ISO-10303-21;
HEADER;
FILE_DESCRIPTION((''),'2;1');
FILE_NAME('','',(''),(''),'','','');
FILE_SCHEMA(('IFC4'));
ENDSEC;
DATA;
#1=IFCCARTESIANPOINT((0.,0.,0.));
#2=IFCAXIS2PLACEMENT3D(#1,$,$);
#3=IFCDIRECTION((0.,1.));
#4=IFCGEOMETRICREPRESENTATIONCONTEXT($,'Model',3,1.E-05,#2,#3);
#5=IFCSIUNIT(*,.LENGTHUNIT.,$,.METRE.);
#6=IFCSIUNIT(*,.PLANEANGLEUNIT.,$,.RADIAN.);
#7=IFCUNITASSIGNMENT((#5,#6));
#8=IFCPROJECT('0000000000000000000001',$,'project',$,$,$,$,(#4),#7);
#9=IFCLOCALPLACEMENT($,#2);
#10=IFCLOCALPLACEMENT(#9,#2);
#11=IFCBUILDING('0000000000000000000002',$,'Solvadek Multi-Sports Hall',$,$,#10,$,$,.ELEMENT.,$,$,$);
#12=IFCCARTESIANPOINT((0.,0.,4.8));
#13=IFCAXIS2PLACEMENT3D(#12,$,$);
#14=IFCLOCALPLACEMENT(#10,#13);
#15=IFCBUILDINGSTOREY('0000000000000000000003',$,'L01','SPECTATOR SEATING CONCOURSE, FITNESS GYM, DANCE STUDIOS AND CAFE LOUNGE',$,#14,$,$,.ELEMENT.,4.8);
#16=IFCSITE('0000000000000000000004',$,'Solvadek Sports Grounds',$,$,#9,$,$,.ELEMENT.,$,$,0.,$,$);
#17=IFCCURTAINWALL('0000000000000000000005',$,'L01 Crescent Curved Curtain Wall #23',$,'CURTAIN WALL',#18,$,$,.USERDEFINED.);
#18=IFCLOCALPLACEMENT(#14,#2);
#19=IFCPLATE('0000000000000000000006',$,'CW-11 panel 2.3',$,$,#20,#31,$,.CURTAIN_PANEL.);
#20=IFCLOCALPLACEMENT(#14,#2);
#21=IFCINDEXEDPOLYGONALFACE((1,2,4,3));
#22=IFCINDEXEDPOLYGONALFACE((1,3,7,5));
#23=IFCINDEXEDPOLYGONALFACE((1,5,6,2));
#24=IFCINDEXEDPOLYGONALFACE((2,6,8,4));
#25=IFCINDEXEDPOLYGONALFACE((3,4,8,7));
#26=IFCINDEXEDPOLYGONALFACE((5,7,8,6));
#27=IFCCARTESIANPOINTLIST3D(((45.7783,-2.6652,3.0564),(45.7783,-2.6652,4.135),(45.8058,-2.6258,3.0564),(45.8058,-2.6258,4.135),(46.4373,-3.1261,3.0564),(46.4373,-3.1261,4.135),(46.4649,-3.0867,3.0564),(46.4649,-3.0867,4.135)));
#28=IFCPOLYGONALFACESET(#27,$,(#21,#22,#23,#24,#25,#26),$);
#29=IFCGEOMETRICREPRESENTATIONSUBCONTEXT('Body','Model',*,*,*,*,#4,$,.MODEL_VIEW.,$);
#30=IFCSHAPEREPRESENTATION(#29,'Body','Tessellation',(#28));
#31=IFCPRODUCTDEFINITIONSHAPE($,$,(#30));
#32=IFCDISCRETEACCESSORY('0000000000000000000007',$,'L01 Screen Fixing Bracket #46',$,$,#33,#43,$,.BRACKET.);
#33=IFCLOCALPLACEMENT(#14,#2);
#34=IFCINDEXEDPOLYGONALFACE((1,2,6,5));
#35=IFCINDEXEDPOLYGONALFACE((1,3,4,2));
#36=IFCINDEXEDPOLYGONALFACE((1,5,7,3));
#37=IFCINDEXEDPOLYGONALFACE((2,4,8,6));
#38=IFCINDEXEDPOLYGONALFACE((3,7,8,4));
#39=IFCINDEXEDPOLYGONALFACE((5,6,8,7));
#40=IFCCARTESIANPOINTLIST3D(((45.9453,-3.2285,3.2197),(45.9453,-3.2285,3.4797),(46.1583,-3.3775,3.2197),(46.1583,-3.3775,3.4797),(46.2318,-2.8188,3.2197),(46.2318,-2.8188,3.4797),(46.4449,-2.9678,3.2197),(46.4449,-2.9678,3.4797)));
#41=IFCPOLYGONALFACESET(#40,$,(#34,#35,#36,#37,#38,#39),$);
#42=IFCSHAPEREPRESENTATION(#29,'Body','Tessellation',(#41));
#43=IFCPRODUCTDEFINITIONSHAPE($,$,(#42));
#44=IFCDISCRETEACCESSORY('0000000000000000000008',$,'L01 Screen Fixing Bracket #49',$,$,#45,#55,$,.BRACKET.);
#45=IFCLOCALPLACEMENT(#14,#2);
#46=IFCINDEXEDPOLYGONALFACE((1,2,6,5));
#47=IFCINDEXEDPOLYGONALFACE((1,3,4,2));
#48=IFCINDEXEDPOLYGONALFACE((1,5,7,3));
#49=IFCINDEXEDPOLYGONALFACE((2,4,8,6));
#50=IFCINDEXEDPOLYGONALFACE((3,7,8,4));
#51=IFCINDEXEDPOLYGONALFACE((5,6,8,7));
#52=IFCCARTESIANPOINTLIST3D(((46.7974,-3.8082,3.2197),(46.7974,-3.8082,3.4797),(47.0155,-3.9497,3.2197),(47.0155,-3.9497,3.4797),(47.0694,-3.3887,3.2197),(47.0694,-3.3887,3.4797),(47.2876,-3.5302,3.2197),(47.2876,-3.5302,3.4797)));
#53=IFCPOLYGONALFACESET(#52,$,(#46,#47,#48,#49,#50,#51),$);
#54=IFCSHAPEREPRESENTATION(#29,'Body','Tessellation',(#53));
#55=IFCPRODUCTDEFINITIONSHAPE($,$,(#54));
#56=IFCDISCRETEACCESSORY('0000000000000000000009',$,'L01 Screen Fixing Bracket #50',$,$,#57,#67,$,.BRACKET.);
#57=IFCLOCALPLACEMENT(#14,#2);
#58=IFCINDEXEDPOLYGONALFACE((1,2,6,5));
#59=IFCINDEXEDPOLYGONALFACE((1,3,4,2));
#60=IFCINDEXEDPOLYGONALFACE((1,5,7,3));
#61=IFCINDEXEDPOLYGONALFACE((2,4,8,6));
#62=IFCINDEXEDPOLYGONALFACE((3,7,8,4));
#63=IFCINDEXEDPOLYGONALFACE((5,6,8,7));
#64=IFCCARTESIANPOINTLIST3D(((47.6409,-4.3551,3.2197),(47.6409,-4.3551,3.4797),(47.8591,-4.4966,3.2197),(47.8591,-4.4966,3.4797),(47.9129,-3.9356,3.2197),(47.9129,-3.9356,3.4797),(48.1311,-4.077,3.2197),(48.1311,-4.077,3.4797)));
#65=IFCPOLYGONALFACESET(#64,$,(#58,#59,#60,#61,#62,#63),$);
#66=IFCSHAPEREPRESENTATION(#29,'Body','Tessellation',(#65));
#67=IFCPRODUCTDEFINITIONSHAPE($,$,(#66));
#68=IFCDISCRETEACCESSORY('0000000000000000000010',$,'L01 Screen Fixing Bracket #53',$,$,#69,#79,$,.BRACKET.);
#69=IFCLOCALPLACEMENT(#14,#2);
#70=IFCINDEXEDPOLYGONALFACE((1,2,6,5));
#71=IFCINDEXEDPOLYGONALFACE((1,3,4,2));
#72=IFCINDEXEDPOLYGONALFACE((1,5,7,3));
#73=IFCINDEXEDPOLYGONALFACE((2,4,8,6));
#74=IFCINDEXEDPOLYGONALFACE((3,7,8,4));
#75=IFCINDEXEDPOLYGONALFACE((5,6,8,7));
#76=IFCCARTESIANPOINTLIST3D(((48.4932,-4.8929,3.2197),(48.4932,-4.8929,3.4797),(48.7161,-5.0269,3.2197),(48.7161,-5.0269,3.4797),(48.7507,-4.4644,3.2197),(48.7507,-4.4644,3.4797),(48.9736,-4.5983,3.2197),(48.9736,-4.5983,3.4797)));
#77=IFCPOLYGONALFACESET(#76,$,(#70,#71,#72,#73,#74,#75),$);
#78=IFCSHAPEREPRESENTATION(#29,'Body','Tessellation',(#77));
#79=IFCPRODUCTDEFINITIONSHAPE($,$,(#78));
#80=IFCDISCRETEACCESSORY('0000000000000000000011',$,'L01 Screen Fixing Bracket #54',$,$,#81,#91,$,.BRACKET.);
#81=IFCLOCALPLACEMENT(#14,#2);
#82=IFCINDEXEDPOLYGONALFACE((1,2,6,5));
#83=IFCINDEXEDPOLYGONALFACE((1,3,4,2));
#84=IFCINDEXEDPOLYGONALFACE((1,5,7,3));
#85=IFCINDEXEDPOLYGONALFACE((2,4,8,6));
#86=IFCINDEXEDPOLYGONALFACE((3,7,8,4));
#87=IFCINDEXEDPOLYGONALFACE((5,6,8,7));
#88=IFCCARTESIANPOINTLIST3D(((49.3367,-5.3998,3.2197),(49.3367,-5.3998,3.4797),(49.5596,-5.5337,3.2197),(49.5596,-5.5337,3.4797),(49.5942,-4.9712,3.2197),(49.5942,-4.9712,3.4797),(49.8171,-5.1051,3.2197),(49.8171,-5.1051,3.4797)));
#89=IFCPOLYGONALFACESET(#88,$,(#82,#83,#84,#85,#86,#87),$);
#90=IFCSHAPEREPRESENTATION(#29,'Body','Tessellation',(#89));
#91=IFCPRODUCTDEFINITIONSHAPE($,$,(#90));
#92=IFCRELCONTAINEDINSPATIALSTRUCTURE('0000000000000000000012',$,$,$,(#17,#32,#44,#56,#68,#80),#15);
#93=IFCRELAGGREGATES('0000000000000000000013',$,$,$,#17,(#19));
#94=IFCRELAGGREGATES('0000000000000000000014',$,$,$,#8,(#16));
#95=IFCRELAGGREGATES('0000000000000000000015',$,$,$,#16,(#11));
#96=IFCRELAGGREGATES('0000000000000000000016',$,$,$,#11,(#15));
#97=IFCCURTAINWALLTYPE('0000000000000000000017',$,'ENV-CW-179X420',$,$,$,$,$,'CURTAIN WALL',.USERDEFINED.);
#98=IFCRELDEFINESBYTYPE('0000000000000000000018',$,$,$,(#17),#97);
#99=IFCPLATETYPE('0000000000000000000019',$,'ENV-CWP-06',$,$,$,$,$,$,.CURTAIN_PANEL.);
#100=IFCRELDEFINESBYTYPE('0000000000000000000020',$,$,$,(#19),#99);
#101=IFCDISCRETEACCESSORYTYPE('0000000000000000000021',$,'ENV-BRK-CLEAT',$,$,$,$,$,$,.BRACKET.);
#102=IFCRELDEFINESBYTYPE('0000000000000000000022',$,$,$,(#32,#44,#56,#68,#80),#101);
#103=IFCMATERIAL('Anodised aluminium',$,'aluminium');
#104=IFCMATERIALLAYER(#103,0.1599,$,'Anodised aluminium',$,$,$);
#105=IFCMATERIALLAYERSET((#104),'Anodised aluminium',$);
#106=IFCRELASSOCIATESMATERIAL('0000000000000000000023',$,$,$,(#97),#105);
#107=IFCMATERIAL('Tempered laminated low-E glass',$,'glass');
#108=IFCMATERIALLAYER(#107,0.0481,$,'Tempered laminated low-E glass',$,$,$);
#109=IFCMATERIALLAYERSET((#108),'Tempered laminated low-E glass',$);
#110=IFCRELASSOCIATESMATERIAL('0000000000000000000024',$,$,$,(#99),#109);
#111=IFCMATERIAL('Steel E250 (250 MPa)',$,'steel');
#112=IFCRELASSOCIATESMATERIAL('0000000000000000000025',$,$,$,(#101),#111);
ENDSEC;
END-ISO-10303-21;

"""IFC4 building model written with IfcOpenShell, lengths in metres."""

from ifc_helpers import new_model, si_unit, direction, frame, origin, origin_2d, place, context, subcontext, project, spatial, rectangle, extrude, material, layer, layer_set, type_object, element, aggregate, save


model = new_model("IFC4")

# Units and contexts
model_context = context("Model", 3, precision=1e-05, world=origin(), true_north=direction((0.0, 1.0)))
body_context = subcontext(model_context, "Body", "Model", "MODEL_VIEW")
ifc_project = project(units=[si_unit("LENGTHUNIT", "METRE"), si_unit("PLANEANGLEUNIT", "RADIAN")], contexts=[model_context])

# Site, building, storey
site_placement = place(None, origin())
site = spatial("IfcSite", under=ifc_project, at=site_placement, Name="Solvadek Sports Grounds", CompositionType="ELEMENT", RefElevation=0.0)
building_placement = place(site_placement, origin())
building = spatial("IfcBuilding", under=site, at=building_placement, Name="Solvadek Multi-Sports Hall", CompositionType="ELEMENT")
storey_placement = place(building_placement, frame((0.0, 0.0, 4.8)))
storey = spatial("IfcBuildingStorey", under=building, at=storey_placement, Name="L01", Description="SPECTATOR SEATING CONCOURSE, FITNESS GYM, DANCE STUDIOS AND CAFE LOUNGE", CompositionType="ELEMENT", Elevation=4.8)

# Shared definitions
ifc_material_1 = material(Name="Anodised aluminium", Category="aluminium")

# Shared definitions
ifc_material_2 = material(Name="Steel E250 (250 MPa)", Category="steel")

# Shared definitions
ifc_material_3 = material(Name="Tempered laminated low-E glass", Category="glass")

# Curtain wall, plate
ifc_layer_1 = layer(ifc_material_1, 0.1599, Name="Anodised aluminium")
ifc_layer_set_1 = layer_set([ifc_layer_1], Name="Anodised aluminium")
curtain_wall_type_1 = type_object("IfcCurtainWallType", Name="ENV-CW-179X420", ElementType="CURTAIN WALL", PredefinedType="USERDEFINED", material=ifc_layer_set_1)
curtain_wall_1_placement = place(storey_placement, origin())
curtain_wall_1 = element("IfcCurtainWall", 1, at=curtain_wall_1_placement, inside=storey, type_object=curtain_wall_type_1, Name="L01 Crescent Curved Curtain Wall #23", ObjectType="CURTAIN WALL", PredefinedType="USERDEFINED")
ifc_layer_2 = layer(ifc_material_3, 0.0481, Name="Tempered laminated low-E glass")
ifc_layer_set_2 = layer_set([ifc_layer_2], Name="Tempered laminated low-E glass")
plate_type_1 = type_object("IfcPlateType", Name="ENV-CWP-06", PredefinedType="CURTAIN_PANEL", material=ifc_layer_set_2)
plate_1_placement = place(storey_placement, frame((46.1216, -2.876, 3.0564), z_axis=(0.0, 0.0, 1.0), x_axis=(0.8195, -0.57308, 0.0)))
plate_1 = element("IfcPlate", 2, at=plate_1_placement, type_object=plate_type_1, Name="CW-11 panel 2.3", PredefinedType="CURTAIN_PANEL", context=body_context, shape_type="SweptSolid", body=[
    extrude(rectangle(XDim=0.8042, YDim=0.0481, at=origin_2d()), origin(), (0.0, 0.0, 1.0), 1.0786),
])
aggregate(curtain_wall_1, [plate_1])

# Discrete accessories
discrete_accessory_type = type_object("IfcDiscreteAccessoryType", Name="ENV-BRK-CLEAT", PredefinedType="BRACKET", material=ifc_material_2)
for number, where, z_axis, x_axis, name in (
    (3, (46.1951, -3.0981, 3.2197), (0.0, 0.0, 1.0), (0.819513, -0.573061, 0.0), "L01 Screen Fixing Bracket #46"),
    (4, (47.0425, -3.6692, 3.2197), (0.0, 0.0, 1.0), (0.839053, -0.544049, 0.0), "L01 Screen Fixing Bracket #49"),
    (5, (47.886, -4.2161, 3.2197), (0.0, 0.0, 1.0), (0.839053, -0.544049, 0.0), "L01 Screen Fixing Bracket #50"),
    (6, (48.7334, -4.7456, 3.2197), (0.0, 0.0, 1.0), (0.85713, -0.515101, 0.0), "L01 Screen Fixing Bracket #53"),
    (7, (49.5769, -5.2524, 3.2197), (0.0, 0.0, 1.0), (0.85713, -0.515101, 0.0), "L01 Screen Fixing Bracket #54"),
):
    element("IfcDiscreteAccessory", number, at=place(storey_placement, frame(where, z_axis=z_axis, x_axis=x_axis)), inside=storey, type_object=discrete_accessory_type, Name=name, PredefinedType="BRACKET", context=body_context, shape_type="SweptSolid", body=[
        extrude(rectangle(XDim=0.26, YDim=0.5, at=origin_2d()), origin(), (0.0, 0.0, 1.0), 0.26),
    ])

save(model, "model.ifc")
